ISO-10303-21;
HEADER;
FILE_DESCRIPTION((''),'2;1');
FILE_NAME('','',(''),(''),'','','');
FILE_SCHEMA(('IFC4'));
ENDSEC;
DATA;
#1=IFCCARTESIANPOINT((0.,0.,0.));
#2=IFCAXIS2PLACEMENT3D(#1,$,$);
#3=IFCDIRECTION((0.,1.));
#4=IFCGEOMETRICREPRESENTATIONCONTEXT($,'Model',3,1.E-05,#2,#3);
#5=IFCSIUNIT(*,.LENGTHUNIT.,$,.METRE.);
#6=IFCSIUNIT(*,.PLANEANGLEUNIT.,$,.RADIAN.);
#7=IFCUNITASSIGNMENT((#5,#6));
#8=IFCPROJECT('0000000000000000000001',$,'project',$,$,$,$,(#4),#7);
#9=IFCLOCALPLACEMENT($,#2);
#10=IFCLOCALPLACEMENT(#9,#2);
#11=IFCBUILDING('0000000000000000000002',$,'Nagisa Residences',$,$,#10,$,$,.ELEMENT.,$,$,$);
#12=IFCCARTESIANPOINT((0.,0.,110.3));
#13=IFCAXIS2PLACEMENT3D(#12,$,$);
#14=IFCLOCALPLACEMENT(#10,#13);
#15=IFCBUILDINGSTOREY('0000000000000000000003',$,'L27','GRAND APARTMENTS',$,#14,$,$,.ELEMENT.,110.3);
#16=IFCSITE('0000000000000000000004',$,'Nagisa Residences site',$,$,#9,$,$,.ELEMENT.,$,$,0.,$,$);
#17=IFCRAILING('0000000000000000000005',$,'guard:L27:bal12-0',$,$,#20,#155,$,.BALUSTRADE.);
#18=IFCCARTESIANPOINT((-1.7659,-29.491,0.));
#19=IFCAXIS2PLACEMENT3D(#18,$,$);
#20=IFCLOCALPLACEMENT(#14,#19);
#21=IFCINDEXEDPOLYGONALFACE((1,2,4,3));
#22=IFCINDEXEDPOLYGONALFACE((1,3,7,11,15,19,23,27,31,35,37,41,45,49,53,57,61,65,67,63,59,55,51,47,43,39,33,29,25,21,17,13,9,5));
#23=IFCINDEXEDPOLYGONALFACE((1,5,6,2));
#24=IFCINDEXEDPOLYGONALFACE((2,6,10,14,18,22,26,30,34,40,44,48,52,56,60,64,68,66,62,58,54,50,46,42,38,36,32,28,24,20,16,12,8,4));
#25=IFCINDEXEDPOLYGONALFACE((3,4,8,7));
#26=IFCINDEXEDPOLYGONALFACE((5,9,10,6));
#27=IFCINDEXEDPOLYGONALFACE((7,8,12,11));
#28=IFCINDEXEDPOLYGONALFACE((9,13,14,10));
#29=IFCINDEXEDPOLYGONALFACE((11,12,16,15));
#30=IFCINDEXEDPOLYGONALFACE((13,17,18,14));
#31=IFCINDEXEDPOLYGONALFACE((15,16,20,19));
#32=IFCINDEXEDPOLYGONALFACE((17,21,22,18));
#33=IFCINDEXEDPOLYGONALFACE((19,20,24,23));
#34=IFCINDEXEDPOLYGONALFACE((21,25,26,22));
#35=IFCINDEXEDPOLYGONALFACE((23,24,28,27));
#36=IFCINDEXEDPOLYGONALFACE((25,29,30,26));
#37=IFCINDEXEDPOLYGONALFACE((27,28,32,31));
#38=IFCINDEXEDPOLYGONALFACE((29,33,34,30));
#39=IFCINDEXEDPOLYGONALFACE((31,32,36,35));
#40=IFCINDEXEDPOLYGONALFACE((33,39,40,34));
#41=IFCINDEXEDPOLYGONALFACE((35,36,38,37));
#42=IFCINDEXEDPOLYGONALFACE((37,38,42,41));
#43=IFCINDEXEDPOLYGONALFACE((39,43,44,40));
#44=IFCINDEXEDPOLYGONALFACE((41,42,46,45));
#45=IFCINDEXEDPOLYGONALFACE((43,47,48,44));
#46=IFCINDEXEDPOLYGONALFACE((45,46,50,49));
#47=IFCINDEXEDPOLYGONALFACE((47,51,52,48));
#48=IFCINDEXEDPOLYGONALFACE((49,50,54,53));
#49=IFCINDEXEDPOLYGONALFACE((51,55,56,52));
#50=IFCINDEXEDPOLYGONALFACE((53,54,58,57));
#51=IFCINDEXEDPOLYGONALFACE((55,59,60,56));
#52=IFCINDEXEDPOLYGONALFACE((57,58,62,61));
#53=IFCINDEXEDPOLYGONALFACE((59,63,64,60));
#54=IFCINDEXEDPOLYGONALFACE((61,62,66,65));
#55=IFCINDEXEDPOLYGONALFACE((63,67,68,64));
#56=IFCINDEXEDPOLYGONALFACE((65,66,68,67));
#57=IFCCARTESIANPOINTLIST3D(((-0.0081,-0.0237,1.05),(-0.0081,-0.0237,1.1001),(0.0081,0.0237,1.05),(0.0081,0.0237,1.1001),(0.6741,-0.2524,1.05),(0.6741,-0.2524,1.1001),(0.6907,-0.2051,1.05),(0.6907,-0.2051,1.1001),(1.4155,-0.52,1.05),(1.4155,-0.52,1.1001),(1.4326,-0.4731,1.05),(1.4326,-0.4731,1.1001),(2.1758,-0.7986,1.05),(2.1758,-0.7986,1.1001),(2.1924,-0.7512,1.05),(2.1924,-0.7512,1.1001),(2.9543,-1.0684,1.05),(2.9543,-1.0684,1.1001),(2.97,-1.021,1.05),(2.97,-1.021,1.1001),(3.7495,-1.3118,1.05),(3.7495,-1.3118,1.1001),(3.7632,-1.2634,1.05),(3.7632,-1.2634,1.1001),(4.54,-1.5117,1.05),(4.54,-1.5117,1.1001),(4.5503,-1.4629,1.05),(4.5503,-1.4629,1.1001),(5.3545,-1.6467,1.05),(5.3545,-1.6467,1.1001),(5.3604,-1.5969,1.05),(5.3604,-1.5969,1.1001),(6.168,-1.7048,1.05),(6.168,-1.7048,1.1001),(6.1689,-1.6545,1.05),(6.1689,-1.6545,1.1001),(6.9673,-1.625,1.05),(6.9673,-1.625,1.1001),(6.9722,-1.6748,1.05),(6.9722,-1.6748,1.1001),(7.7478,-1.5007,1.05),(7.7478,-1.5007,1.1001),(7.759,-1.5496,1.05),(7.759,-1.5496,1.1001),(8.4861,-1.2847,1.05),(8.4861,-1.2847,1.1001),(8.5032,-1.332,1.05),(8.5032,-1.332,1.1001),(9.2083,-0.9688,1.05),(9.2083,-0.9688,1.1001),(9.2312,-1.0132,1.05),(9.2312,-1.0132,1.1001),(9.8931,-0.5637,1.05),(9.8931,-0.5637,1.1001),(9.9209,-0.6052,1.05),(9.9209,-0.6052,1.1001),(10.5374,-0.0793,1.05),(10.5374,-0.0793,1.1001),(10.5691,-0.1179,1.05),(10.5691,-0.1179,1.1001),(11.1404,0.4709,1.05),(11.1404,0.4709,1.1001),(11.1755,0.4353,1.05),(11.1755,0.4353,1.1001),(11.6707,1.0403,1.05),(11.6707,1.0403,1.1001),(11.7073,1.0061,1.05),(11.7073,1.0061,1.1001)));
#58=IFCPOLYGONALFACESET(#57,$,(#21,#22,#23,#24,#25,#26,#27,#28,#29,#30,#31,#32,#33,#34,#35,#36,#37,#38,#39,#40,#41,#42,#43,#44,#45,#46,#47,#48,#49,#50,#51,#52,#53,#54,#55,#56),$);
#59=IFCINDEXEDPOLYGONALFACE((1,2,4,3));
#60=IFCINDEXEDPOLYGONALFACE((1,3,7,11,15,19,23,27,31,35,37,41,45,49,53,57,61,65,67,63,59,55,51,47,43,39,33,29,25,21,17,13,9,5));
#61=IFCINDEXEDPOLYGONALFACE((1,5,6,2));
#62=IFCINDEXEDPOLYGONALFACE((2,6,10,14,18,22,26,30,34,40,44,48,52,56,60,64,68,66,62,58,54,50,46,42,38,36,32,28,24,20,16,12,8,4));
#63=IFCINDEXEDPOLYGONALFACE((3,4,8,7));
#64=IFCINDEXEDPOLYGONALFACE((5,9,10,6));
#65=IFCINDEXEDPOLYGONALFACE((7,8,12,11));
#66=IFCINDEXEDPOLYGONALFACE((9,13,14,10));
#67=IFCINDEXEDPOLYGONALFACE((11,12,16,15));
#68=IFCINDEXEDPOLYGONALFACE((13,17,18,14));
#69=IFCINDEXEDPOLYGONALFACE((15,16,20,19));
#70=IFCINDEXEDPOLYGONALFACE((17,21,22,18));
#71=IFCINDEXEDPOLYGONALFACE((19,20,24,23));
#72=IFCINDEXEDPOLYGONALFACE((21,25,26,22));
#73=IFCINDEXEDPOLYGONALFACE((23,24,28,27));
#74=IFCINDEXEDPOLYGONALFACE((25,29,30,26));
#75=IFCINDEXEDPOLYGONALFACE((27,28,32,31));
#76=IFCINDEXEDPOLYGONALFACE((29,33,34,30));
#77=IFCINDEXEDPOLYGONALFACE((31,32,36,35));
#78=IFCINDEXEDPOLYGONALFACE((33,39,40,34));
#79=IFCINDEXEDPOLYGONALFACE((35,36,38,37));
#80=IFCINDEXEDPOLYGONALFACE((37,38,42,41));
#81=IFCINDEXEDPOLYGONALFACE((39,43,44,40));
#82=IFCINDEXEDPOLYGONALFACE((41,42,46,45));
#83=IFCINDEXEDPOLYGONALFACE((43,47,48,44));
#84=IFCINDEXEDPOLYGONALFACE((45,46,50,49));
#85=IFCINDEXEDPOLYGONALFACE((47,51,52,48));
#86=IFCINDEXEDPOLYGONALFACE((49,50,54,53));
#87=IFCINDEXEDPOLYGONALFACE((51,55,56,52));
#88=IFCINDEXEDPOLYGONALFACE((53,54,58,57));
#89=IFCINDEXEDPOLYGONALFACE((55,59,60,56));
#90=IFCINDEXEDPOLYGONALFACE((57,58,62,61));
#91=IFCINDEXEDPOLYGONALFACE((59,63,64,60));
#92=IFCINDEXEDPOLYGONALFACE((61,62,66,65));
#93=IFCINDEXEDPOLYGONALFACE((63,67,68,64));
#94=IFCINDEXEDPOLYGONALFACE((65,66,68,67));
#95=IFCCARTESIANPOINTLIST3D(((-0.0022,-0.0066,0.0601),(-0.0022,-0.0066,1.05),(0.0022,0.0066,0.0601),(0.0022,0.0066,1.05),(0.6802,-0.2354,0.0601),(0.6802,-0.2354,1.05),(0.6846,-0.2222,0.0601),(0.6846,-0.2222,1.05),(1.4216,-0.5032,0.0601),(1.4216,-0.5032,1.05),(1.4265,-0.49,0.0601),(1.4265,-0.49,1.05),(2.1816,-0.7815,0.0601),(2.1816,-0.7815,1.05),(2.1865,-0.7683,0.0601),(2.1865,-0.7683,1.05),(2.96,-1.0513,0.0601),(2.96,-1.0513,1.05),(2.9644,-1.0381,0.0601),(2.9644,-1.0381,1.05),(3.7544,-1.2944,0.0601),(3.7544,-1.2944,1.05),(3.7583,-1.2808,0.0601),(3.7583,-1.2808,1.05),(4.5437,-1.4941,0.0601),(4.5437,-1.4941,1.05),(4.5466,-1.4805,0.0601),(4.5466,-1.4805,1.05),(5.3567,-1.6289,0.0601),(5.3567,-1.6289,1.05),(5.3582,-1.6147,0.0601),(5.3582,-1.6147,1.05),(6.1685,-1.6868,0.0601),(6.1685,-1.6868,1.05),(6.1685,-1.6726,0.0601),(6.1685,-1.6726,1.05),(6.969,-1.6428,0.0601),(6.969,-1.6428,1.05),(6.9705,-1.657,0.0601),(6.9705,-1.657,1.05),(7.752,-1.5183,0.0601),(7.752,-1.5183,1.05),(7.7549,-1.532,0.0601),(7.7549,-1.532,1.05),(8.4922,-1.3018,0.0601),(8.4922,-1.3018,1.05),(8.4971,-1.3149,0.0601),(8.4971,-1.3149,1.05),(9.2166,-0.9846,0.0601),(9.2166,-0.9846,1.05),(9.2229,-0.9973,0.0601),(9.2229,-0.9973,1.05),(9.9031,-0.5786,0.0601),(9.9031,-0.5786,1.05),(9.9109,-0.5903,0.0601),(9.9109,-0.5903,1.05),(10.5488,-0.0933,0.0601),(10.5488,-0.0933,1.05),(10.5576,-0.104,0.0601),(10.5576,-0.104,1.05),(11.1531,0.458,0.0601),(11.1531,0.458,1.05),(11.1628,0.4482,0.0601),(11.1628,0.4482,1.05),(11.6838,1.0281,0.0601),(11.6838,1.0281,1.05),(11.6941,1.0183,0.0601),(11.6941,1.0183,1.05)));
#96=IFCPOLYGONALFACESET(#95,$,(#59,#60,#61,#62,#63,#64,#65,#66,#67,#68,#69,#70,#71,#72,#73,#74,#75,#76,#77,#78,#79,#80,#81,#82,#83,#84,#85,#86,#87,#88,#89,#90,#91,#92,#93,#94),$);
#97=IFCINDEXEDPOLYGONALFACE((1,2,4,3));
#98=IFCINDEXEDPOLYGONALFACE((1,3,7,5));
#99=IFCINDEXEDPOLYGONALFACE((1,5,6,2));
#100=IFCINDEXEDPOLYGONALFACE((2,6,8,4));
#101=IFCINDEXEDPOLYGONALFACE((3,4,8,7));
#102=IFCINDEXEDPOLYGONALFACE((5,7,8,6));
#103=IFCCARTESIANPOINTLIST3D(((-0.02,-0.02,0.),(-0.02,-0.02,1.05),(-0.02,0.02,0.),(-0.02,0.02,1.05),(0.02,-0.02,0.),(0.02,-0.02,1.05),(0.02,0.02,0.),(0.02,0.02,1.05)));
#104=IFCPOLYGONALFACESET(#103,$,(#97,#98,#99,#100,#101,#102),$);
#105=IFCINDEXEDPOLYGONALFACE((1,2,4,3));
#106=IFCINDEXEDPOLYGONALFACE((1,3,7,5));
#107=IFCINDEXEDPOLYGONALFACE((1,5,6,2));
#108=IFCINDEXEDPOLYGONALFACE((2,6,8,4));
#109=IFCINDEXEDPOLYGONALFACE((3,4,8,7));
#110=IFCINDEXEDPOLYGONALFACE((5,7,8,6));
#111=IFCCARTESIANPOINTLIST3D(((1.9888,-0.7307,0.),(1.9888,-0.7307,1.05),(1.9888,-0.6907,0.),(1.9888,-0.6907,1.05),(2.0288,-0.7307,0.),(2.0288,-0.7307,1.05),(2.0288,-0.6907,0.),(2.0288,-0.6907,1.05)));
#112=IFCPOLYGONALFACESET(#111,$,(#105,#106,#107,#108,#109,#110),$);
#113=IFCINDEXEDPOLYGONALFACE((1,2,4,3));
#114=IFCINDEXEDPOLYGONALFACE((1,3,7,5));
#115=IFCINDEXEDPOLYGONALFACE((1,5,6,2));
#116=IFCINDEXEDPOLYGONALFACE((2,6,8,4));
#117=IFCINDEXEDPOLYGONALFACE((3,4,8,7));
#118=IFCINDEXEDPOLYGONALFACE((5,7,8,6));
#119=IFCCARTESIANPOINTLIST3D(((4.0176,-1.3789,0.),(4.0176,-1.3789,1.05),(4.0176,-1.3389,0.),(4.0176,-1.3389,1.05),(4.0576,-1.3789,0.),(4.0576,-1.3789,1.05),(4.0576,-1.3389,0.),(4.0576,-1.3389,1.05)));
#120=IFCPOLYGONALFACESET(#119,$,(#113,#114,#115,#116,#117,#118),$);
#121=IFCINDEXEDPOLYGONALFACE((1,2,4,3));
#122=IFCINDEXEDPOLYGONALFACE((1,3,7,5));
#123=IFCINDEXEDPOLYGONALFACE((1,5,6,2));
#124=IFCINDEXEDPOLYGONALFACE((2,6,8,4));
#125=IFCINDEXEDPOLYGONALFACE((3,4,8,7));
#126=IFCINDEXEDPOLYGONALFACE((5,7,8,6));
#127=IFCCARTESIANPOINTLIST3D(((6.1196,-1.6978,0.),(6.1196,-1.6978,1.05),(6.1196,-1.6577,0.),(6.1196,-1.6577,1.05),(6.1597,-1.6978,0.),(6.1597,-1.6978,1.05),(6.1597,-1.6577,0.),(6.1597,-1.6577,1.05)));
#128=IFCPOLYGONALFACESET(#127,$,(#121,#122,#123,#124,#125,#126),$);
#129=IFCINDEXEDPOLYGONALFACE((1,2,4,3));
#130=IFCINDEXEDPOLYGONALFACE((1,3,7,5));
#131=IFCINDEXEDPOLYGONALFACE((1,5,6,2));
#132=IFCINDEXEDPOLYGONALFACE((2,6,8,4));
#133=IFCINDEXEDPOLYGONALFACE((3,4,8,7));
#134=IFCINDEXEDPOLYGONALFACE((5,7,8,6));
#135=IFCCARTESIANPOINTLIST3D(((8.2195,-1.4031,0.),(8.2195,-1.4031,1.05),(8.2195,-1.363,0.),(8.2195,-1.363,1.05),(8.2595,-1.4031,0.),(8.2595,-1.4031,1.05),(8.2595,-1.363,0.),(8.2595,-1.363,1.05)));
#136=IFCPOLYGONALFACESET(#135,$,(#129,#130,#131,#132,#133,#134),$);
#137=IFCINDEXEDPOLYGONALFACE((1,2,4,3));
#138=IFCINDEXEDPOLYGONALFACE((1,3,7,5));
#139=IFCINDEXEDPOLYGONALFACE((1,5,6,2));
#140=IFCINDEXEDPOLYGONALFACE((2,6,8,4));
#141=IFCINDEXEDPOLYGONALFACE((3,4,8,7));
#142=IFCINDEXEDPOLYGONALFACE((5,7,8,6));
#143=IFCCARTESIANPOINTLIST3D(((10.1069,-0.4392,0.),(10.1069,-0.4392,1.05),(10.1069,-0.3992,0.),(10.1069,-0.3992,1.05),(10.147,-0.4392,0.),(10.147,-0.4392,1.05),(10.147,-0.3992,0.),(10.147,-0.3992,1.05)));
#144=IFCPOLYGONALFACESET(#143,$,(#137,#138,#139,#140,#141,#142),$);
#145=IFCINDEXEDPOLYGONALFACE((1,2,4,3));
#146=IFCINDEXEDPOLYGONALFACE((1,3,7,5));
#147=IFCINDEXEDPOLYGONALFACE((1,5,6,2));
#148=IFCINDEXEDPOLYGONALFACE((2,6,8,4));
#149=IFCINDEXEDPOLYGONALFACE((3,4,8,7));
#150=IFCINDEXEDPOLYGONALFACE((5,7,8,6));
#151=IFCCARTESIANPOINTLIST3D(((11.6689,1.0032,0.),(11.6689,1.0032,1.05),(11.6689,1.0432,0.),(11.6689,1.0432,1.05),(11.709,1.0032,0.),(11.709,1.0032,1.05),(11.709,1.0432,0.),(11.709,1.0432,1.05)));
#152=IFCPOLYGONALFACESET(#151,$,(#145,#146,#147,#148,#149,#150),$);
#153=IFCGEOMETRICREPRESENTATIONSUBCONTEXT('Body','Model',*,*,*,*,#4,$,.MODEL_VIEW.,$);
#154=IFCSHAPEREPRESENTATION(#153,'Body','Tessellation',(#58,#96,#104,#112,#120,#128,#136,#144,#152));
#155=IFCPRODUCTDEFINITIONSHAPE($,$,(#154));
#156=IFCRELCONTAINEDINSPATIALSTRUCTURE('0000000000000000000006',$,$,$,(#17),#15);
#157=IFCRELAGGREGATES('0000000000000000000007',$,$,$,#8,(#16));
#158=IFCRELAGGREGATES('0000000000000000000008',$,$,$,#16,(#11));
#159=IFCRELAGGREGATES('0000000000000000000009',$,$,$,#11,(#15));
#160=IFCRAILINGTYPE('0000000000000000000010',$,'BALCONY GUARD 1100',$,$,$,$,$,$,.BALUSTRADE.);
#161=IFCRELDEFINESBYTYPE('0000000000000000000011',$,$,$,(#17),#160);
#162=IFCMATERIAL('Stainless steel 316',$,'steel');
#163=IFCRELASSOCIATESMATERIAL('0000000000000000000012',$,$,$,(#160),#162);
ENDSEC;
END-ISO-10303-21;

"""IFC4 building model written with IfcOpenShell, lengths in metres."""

from ifc_helpers import new_model, si_unit, direction, frame, origin, origin_2d, place, context, subcontext, project, spatial, polyline, rectangle, outline, extrude, material, type_object, element, save


model = new_model("IFC4")

# Units and contexts
model_context = context("Model", 3, precision=1e-05, world=origin(), true_north=direction((0.0, 1.0)))
body_context = subcontext(model_context, "Body", "Model", "MODEL_VIEW")
ifc_project = project(units=[si_unit("LENGTHUNIT", "METRE"), si_unit("PLANEANGLEUNIT", "RADIAN")], contexts=[model_context])

# Site, building, storey
site_placement = place(None, origin())
site = spatial("IfcSite", under=ifc_project, at=site_placement, Name="Nagisa Residences site", CompositionType="ELEMENT", RefElevation=0.0)
building_placement = place(site_placement, origin())
building = spatial("IfcBuilding", under=site, at=building_placement, Name="Nagisa Residences", CompositionType="ELEMENT")
storey_placement = place(building_placement, frame((0.0, 0.0, 110.3)))
storey = spatial("IfcBuildingStorey", under=building, at=storey_placement, Name="L27", Description="GRAND APARTMENTS", CompositionType="ELEMENT", Elevation=110.3)

# Railing
ifc_material_1 = material(Name="Stainless steel 316", Category="steel")
railing_type = type_object("IfcRailingType", Name="BALCONY GUARD 1100", PredefinedType="BALUSTRADE", material=ifc_material_1)
railing_placement = place(storey_placement, frame((-1.7659, -29.491, 0.0)))
element("IfcRailing", 1, at=railing_placement, inside=storey, type_object=railing_type, Name="guard:L27:bal12-0", PredefinedType="BALUSTRADE", context=body_context, shape_type="SweptSolid", body=[
    extrude(outline(polyline([(0.6907, -0.2051), (0.0081, 0.0237), (-0.0081, -0.0237), (0.6741, -0.2524), (1.4155, -0.52), (2.1758, -0.7986), (2.9543, -1.0684), (3.7495, -1.3118), (4.54, -1.5117), (5.3545, -1.6467), (6.168, -1.7048), (6.9722, -1.6748), (7.759, -1.5496), (8.5032, -1.332), (9.2312, -1.0132), (9.9209, -0.6052), (10.5691, -0.1179), (11.1755, 0.4353), (11.7073, 1.0061), (11.6707, 1.0403), (11.1404, 0.4709), (10.5374, -0.0793), (9.8931, -0.5637), (9.2083, -0.9688), (8.4861, -1.2847), (7.7478, -1.5007), (6.9673, -1.625), (6.1689, -1.6545), (5.3604, -1.5969), (4.5503, -1.4629), (3.7632, -1.2634), (2.97, -1.021), (2.1924, -0.7512), (1.4326, -0.4731), (0.6907, -0.2051)])), frame((0.0, 0.0, 1.05)), (0.0, 0.0, 1.0), 0.05),
    extrude(outline(polyline([(0.6846, -0.2222), (0.0022, 0.0066), (-0.0022, -0.0066), (0.6802, -0.2354), (1.4216, -0.5032), (2.1816, -0.7815), (2.96, -1.0513), (3.7544, -1.2944), (4.5437, -1.4941), (5.3567, -1.6289), (6.1685, -1.6868), (6.9705, -1.657), (7.7549, -1.532), (8.4971, -1.3149), (9.2229, -0.9973), (9.9109, -0.5903), (10.5576, -0.104), (11.1628, 0.4482), (11.6941, 1.0183), (11.6838, 1.0281), (11.1531, 0.458), (10.5488, -0.0933), (9.9031, -0.5786), (9.2166, -0.9846), (8.4922, -1.3018), (7.752, -1.5183), (6.969, -1.6428), (6.1685, -1.6726), (5.3582, -1.6147), (4.5466, -1.4805), (3.7583, -1.2808), (2.9644, -1.0381), (2.1865, -0.7683), (1.4265, -0.49), (0.6846, -0.2222)])), frame((0.0, 0.0, 0.0601)), (0.0, 0.0, 1.0), 0.99),
    extrude(rectangle(XDim=0.04, YDim=0.04, at=origin_2d()), origin(), (0.0, 0.0, 1.0), 1.05),
    extrude(rectangle(XDim=0.04, YDim=0.04, at=origin_2d()), frame((2.0088, -0.7107, 0.0)), (0.0, 0.0, 1.0), 1.05),
    extrude(rectangle(XDim=0.04, YDim=0.04, at=origin_2d()), frame((4.0376, -1.3589, 0.0)), (0.0, 0.0, 1.0), 1.05),
    extrude(rectangle(XDim=0.04, YDim=0.04, at=origin_2d()), frame((6.1396, -1.6777, 0.0)), (0.0, 0.0, 1.0), 1.05),
    extrude(rectangle(XDim=0.04, YDim=0.04, at=origin_2d()), frame((8.2395, -1.3831, 0.0)), (0.0, 0.0, 1.0), 1.05),
    extrude(rectangle(XDim=0.04, YDim=0.04, at=origin_2d()), frame((10.127, -0.4192, 0.0)), (0.0, 0.0, 1.0), 1.05),
    extrude(rectangle(XDim=0.04, YDim=0.04, at=origin_2d()), frame((11.689, 1.0232, 0.0)), (0.0, 0.0, 1.0), 1.05),
])

save(model, "model.ifc")
